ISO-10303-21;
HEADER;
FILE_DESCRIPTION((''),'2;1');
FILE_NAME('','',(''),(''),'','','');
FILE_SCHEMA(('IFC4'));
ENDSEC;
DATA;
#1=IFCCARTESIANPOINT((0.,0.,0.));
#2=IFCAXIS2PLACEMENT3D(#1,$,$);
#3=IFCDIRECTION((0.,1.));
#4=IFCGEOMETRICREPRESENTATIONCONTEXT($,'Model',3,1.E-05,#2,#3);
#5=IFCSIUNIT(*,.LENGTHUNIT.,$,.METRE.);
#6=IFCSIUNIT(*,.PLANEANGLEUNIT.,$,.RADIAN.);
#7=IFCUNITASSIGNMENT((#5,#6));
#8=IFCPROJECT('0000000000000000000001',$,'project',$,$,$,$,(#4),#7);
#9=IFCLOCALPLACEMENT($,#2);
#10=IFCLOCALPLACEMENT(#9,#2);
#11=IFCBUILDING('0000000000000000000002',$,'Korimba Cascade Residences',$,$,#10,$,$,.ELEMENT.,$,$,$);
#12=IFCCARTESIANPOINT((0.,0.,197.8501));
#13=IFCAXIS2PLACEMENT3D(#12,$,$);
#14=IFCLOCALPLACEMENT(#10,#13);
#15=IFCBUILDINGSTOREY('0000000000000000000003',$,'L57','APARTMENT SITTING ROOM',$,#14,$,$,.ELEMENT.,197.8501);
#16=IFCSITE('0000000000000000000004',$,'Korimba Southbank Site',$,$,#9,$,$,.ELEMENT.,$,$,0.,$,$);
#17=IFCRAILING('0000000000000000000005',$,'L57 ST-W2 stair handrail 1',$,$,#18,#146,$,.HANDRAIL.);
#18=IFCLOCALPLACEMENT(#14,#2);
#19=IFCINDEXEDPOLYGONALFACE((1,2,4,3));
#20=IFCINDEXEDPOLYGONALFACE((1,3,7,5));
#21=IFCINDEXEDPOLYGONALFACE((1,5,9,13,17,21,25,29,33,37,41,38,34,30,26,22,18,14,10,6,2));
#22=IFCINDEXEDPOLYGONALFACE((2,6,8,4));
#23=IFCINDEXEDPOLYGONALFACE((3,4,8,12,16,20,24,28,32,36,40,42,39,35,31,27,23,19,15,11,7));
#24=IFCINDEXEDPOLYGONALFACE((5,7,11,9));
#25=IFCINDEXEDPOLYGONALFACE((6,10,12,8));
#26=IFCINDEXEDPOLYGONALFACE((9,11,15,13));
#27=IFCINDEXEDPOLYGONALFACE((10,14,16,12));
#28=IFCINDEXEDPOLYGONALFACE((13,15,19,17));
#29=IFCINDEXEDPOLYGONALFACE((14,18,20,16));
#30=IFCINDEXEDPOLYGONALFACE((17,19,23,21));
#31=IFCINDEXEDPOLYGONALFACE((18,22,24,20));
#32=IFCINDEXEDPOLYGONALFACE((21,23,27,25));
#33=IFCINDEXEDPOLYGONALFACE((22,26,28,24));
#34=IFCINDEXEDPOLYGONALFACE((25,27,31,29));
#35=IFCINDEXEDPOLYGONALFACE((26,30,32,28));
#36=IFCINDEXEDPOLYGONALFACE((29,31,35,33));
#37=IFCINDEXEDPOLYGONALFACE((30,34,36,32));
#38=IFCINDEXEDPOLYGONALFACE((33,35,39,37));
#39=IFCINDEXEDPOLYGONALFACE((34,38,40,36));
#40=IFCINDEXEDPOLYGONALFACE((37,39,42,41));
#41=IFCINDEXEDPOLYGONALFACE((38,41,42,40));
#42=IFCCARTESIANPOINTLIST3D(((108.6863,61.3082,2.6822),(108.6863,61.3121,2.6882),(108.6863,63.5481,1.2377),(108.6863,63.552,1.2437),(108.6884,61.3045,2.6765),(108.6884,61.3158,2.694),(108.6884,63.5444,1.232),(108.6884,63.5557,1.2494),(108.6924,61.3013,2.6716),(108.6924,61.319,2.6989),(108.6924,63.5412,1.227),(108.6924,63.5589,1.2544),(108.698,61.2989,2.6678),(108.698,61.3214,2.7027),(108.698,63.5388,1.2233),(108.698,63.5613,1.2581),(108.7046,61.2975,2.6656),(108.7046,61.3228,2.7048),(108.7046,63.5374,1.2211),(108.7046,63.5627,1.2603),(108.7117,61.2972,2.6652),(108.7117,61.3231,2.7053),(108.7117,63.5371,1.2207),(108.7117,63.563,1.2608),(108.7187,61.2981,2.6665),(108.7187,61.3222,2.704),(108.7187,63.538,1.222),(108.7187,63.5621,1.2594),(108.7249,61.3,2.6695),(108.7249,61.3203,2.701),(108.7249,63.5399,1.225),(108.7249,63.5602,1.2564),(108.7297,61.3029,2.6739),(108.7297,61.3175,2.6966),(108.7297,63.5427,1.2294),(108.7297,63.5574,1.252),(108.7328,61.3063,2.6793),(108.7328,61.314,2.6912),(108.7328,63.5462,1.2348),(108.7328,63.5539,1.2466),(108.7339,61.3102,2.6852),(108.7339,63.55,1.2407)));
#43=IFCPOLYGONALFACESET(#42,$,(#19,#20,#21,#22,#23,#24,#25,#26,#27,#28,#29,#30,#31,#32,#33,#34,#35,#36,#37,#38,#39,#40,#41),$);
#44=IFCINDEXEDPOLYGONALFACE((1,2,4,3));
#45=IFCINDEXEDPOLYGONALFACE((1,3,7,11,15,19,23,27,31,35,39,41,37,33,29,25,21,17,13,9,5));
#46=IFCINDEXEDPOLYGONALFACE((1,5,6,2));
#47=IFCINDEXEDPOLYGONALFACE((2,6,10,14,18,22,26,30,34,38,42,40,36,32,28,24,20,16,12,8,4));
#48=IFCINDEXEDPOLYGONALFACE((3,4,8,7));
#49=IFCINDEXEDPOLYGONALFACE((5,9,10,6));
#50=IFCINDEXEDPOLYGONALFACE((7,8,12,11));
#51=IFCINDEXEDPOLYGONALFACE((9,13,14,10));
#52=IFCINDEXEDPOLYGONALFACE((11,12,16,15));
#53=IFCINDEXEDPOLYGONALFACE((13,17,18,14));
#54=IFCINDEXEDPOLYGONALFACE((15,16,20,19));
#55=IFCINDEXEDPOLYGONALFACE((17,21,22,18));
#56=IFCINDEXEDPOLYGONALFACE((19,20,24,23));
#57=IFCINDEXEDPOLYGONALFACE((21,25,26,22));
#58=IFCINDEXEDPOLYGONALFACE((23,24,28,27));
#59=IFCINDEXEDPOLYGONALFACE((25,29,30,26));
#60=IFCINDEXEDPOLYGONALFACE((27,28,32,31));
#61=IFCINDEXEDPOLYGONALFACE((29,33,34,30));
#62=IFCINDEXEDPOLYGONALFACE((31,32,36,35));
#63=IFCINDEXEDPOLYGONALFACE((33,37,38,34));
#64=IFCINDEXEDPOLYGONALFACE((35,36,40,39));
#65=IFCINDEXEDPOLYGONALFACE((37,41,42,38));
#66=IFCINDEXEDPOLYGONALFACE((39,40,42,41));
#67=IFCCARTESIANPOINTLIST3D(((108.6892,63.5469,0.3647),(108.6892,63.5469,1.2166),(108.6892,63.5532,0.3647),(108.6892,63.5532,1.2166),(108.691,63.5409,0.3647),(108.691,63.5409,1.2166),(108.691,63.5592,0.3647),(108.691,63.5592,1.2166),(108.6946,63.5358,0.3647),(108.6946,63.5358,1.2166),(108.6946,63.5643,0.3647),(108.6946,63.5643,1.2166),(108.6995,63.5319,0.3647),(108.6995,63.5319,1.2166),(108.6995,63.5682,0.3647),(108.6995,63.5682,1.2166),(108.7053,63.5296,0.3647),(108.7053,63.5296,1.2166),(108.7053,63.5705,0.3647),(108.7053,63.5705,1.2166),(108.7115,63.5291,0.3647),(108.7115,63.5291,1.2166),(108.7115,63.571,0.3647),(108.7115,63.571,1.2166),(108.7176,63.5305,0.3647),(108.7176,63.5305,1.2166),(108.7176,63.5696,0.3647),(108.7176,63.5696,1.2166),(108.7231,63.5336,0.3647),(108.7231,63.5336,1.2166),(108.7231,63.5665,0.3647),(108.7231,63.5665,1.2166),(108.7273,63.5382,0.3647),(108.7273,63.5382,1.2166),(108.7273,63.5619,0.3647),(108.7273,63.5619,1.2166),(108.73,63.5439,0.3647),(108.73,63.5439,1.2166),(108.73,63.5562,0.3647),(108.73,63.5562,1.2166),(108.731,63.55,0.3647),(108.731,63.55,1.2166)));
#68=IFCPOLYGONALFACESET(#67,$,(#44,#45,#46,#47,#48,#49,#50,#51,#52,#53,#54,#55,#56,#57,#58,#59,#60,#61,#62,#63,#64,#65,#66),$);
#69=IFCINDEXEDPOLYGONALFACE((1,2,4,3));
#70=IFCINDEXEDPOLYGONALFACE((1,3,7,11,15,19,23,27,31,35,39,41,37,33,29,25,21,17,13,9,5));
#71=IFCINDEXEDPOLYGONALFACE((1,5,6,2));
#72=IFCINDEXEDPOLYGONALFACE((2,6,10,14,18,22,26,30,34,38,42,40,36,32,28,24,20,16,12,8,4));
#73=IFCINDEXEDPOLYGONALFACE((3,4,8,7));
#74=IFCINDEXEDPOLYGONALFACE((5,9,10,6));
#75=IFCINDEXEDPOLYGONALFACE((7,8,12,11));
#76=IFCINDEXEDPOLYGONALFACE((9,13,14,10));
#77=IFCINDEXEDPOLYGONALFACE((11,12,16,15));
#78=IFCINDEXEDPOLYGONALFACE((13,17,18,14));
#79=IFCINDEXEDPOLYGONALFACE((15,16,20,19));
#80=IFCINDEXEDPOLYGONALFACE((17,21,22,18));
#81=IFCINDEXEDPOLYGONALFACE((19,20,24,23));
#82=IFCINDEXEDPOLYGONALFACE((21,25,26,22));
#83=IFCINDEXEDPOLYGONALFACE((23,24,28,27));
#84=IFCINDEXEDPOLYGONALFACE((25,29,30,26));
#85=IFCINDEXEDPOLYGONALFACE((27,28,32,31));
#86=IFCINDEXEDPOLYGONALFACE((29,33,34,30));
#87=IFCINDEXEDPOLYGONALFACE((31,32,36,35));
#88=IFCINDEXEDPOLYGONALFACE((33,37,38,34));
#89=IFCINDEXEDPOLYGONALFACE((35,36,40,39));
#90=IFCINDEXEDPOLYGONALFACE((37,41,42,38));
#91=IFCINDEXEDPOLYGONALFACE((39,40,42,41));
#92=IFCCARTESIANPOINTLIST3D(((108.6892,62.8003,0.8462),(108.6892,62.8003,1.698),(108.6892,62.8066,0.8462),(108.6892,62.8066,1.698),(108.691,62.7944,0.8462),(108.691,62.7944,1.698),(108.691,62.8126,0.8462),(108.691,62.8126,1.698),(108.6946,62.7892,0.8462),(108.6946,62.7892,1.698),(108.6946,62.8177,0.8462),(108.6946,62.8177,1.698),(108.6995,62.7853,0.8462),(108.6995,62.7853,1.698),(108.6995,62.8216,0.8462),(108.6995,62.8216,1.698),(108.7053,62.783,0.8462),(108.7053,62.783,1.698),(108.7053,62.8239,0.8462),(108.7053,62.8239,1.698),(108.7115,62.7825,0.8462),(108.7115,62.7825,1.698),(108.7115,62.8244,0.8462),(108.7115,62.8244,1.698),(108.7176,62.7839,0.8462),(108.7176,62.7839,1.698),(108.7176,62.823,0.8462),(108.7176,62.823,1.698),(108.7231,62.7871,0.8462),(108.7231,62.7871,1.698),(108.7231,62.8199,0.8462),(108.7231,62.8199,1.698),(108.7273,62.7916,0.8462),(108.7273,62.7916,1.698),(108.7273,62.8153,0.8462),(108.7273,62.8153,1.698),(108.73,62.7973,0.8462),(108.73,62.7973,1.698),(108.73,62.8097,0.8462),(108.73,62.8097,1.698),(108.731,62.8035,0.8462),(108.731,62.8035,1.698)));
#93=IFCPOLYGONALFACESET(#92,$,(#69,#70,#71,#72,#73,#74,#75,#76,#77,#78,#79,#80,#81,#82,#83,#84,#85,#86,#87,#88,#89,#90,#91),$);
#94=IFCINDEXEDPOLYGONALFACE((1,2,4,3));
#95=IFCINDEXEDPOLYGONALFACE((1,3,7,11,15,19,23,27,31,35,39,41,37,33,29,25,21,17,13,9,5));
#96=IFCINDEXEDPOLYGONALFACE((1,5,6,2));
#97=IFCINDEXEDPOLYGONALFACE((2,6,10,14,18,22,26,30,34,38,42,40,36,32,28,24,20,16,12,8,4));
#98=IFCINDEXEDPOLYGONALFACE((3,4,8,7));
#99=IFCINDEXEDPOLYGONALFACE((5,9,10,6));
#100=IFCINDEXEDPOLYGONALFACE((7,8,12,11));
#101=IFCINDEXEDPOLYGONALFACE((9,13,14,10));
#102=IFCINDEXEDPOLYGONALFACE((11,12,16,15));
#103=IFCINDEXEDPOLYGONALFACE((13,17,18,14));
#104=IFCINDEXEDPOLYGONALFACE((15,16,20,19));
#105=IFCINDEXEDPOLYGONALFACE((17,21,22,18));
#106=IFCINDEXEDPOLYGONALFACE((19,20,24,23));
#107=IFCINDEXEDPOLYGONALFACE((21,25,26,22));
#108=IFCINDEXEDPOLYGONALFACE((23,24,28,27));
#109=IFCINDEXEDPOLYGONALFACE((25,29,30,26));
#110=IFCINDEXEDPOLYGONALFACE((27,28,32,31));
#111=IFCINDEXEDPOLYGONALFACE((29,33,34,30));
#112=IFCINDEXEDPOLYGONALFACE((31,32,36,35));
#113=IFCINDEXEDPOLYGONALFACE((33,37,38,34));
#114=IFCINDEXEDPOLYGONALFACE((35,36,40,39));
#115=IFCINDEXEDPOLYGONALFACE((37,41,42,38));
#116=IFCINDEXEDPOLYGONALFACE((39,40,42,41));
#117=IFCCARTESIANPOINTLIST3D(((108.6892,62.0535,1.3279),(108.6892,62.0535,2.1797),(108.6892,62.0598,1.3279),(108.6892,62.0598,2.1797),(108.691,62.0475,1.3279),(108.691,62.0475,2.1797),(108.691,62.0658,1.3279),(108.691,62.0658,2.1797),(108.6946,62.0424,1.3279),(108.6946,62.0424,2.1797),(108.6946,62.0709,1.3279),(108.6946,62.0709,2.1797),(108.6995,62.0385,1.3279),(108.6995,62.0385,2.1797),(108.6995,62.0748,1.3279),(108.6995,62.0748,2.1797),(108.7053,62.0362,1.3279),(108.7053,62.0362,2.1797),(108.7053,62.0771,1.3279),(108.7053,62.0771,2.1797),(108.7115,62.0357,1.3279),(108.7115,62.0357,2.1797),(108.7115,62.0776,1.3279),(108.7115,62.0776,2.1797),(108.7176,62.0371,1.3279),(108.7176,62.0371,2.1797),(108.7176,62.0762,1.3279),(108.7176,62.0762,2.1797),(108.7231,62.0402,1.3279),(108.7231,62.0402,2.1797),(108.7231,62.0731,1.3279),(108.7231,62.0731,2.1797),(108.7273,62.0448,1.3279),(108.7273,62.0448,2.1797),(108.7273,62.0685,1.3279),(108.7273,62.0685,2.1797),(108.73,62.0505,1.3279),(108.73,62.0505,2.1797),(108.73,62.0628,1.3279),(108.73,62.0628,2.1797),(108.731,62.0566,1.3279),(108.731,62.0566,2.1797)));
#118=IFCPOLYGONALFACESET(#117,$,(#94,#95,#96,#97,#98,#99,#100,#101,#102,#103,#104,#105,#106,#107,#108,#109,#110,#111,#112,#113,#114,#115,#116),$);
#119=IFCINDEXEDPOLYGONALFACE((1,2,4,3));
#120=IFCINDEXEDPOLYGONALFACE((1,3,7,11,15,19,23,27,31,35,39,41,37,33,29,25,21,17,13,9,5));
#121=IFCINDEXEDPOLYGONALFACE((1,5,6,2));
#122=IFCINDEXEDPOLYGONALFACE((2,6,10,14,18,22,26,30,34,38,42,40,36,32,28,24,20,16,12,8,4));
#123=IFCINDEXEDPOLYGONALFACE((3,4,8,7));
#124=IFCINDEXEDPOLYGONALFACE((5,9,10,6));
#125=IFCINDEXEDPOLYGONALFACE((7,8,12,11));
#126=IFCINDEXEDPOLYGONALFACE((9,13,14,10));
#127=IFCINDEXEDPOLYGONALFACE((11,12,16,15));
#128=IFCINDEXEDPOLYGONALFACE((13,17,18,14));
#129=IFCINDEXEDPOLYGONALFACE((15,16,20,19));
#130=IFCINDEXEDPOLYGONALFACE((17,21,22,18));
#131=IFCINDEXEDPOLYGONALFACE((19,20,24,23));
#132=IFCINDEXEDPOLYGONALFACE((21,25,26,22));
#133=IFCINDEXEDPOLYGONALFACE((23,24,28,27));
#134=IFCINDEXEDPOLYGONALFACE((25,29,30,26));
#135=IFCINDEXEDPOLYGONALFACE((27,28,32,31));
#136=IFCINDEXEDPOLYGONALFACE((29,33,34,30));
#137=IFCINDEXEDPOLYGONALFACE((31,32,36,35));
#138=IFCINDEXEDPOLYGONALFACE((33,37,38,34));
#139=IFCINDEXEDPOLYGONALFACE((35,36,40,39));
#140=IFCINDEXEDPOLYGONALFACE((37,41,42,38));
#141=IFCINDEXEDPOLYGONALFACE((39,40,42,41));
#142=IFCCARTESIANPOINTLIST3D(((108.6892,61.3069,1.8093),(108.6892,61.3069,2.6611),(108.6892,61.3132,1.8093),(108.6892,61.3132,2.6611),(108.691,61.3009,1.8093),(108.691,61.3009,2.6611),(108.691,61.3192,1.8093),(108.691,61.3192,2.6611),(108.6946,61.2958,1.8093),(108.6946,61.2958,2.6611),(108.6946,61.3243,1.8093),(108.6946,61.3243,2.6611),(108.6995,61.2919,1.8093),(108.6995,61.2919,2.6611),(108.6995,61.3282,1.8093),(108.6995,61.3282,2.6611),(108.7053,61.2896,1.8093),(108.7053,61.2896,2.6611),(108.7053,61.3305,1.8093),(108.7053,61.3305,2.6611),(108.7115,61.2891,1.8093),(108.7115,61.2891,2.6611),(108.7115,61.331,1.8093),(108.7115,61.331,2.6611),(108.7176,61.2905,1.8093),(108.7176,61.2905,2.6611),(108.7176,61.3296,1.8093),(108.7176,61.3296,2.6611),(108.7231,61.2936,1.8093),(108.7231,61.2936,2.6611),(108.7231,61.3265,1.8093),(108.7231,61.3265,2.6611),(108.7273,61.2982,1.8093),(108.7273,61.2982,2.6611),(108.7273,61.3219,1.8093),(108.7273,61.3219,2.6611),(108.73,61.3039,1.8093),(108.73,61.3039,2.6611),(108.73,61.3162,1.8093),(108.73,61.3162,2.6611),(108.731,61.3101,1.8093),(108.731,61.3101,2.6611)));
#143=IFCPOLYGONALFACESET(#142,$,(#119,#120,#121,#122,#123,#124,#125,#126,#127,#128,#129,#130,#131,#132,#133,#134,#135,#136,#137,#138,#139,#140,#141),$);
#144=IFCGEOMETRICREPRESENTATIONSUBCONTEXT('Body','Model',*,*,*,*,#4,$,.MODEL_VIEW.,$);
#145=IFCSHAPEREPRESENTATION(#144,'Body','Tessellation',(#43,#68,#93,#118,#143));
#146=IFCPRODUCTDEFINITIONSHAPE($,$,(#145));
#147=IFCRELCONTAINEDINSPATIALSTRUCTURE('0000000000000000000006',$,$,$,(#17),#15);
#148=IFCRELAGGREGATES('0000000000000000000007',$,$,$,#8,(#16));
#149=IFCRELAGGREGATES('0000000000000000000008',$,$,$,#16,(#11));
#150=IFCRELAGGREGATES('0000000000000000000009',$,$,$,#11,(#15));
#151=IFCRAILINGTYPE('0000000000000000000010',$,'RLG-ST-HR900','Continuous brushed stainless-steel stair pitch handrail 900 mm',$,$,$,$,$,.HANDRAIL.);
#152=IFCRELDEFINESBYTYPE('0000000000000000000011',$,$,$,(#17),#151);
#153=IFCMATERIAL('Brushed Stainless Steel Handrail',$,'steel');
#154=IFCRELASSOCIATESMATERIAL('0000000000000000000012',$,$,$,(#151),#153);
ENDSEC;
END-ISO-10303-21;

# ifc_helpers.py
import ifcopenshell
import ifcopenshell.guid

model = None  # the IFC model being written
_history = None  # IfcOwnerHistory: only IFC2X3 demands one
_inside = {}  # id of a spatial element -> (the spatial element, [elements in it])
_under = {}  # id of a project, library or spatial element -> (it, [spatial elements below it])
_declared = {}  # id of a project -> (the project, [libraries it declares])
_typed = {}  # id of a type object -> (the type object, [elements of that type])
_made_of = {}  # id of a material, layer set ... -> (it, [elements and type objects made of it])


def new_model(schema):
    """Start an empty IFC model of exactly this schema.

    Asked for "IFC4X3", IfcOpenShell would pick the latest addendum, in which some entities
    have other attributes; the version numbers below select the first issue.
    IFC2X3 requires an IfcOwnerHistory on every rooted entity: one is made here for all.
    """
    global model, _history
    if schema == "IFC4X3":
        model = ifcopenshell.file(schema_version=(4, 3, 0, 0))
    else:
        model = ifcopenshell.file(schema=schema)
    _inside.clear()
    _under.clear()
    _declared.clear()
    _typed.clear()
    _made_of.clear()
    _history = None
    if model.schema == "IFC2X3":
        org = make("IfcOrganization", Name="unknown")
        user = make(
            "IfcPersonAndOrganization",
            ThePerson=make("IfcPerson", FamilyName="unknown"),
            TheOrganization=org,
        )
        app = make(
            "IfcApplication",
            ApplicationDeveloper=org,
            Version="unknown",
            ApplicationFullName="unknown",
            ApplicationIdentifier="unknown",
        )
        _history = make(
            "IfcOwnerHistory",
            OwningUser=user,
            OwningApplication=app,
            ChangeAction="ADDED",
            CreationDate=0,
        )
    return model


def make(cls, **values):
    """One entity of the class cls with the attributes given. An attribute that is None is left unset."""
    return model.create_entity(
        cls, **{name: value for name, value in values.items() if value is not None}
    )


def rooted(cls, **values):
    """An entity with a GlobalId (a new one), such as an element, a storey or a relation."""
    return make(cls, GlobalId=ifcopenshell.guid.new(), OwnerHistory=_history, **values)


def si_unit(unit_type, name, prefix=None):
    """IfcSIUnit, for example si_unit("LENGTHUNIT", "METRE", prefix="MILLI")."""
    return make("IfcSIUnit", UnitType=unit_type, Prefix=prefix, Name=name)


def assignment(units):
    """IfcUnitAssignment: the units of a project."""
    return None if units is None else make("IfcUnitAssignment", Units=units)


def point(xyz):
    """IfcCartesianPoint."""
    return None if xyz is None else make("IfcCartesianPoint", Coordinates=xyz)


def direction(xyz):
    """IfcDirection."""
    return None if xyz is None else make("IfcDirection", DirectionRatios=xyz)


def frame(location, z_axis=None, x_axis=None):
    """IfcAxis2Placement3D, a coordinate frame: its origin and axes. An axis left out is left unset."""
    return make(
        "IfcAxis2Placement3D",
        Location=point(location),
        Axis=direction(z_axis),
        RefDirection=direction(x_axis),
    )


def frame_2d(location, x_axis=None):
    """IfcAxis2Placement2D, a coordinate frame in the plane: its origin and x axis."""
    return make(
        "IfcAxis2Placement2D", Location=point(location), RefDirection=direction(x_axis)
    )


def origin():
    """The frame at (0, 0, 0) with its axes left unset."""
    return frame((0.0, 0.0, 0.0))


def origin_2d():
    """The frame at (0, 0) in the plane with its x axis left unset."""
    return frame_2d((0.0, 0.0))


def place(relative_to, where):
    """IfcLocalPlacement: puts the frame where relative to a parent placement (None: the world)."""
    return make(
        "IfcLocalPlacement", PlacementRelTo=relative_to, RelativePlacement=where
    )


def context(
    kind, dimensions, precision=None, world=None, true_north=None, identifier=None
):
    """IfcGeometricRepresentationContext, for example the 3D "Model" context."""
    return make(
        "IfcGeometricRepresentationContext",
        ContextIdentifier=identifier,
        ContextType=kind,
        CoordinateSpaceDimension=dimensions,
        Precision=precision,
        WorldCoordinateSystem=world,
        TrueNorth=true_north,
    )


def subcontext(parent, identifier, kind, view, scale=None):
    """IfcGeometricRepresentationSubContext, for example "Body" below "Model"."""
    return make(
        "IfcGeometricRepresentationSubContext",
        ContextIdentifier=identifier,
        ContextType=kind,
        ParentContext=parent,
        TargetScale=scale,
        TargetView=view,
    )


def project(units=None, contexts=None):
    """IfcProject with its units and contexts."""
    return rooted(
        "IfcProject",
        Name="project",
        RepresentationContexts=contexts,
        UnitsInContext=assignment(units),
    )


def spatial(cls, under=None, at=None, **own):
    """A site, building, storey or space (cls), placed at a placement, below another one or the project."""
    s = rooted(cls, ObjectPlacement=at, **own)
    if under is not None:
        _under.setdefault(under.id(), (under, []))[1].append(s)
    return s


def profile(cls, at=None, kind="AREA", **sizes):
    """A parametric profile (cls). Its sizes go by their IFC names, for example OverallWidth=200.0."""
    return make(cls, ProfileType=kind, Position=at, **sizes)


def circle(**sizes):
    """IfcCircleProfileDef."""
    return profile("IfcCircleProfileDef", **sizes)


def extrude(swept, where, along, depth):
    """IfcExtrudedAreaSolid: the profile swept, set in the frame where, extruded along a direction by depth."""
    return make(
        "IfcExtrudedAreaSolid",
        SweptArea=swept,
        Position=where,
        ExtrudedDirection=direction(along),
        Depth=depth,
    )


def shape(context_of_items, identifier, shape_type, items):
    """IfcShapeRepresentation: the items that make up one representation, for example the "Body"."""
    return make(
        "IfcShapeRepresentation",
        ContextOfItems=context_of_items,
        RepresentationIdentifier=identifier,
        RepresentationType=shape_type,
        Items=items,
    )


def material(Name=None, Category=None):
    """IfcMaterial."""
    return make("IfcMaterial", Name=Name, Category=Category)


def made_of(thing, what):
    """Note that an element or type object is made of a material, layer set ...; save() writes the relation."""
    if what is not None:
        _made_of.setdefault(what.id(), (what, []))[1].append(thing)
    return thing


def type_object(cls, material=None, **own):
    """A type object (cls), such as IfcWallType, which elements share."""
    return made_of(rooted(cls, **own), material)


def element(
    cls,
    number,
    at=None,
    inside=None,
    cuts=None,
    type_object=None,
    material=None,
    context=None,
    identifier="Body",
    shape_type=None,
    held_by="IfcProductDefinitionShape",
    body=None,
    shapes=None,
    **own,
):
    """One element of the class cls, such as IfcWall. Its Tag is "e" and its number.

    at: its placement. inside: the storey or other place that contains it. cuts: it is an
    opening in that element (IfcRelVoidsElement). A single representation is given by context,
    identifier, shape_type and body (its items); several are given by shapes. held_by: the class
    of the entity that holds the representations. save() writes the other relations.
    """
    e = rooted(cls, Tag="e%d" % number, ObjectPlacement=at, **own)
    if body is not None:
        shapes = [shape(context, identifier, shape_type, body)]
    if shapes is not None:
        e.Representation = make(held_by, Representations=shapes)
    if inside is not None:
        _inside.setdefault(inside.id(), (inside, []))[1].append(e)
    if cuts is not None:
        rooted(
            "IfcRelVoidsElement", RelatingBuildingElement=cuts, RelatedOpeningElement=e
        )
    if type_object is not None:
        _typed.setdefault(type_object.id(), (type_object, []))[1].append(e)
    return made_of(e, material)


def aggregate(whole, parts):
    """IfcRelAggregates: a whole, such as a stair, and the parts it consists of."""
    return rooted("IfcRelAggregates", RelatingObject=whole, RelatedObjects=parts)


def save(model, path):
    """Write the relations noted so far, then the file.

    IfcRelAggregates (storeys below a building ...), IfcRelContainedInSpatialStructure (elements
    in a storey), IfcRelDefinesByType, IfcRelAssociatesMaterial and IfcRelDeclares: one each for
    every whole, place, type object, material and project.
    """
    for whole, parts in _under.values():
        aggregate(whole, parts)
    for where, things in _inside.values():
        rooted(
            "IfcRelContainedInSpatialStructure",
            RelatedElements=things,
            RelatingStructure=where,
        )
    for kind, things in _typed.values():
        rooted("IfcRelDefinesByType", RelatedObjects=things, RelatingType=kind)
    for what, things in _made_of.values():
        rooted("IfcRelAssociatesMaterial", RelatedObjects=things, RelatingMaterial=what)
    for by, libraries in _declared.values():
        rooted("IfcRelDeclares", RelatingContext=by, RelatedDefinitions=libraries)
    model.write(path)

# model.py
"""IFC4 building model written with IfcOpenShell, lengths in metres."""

from ifc_helpers import new_model, si_unit, direction, frame, origin, origin_2d, place, context, subcontext, project, spatial, circle, extrude, material, type_object, element, save


model = new_model("IFC4")

# Units and contexts
model_context = context("Model", 3, precision=1e-05, world=origin(), true_north=direction((0.0, 1.0)))
body_context = subcontext(model_context, "Body", "Model", "MODEL_VIEW")
ifc_project = project(units=[si_unit("LENGTHUNIT", "METRE"), si_unit("PLANEANGLEUNIT", "RADIAN")], contexts=[model_context])

# Site, building, storey
site_placement = place(None, origin())
site = spatial("IfcSite", under=ifc_project, at=site_placement, Name="Korimba Southbank Site", CompositionType="ELEMENT", RefElevation=0.0)
building_placement = place(site_placement, origin())
building = spatial("IfcBuilding", under=site, at=building_placement, Name="Korimba Cascade Residences", CompositionType="ELEMENT")
storey_placement = place(building_placement, frame((0.0, 0.0, 197.8501)))
storey = spatial("IfcBuildingStorey", under=building, at=storey_placement, Name="L57", Description="APARTMENT SITTING ROOM", CompositionType="ELEMENT", Elevation=197.8501)

# Railing
ifc_material_1 = material(Name="Brushed Stainless Steel Handrail", Category="steel")
railing_type_1 = type_object("IfcRailingType", Name="RLG-ST-HR900", Description="Continuous brushed stainless-steel stair pitch handrail 900 mm", PredefinedType="HANDRAIL", material=ifc_material_1)
railing_1_placement = place(storey_placement, frame((108.71, 63.55, 0.3647)))
element("IfcRailing", 1, at=railing_1_placement, inside=storey, type_object=railing_type_1, Name="L57 ST-W2 stair handrail 1", PredefinedType="HANDRAIL", context=body_context, shape_type="SweptSolid", body=[
    extrude(circle(Radius=0.0239, at=origin_2d()), frame((0.0, 0.0, 0.876), z_axis=(0.0, -0.840395, 0.541975), x_axis=(1.0, 0.0, 0.0)), (0.0, 0.0, 1.0), 2.6653),
    extrude(circle(Radius=0.021, at=origin_2d()), origin(), (0.0, 0.0, 1.0), 0.8518),
    extrude(circle(Radius=0.021, at=origin_2d()), frame((0.0, -0.7466, 0.4814)), (0.0, 0.0, 1.0), 0.8518),
    extrude(circle(Radius=0.021, at=origin_2d()), frame((0.0, -1.4934, 0.9631)), (0.0, 0.0, 1.0), 0.8518),
    extrude(circle(Radius=0.021, at=origin_2d()), frame((0.0, -2.24, 1.4446)), (0.0, 0.0, 1.0), 0.8518),
])

save(model, "model.ifc")
